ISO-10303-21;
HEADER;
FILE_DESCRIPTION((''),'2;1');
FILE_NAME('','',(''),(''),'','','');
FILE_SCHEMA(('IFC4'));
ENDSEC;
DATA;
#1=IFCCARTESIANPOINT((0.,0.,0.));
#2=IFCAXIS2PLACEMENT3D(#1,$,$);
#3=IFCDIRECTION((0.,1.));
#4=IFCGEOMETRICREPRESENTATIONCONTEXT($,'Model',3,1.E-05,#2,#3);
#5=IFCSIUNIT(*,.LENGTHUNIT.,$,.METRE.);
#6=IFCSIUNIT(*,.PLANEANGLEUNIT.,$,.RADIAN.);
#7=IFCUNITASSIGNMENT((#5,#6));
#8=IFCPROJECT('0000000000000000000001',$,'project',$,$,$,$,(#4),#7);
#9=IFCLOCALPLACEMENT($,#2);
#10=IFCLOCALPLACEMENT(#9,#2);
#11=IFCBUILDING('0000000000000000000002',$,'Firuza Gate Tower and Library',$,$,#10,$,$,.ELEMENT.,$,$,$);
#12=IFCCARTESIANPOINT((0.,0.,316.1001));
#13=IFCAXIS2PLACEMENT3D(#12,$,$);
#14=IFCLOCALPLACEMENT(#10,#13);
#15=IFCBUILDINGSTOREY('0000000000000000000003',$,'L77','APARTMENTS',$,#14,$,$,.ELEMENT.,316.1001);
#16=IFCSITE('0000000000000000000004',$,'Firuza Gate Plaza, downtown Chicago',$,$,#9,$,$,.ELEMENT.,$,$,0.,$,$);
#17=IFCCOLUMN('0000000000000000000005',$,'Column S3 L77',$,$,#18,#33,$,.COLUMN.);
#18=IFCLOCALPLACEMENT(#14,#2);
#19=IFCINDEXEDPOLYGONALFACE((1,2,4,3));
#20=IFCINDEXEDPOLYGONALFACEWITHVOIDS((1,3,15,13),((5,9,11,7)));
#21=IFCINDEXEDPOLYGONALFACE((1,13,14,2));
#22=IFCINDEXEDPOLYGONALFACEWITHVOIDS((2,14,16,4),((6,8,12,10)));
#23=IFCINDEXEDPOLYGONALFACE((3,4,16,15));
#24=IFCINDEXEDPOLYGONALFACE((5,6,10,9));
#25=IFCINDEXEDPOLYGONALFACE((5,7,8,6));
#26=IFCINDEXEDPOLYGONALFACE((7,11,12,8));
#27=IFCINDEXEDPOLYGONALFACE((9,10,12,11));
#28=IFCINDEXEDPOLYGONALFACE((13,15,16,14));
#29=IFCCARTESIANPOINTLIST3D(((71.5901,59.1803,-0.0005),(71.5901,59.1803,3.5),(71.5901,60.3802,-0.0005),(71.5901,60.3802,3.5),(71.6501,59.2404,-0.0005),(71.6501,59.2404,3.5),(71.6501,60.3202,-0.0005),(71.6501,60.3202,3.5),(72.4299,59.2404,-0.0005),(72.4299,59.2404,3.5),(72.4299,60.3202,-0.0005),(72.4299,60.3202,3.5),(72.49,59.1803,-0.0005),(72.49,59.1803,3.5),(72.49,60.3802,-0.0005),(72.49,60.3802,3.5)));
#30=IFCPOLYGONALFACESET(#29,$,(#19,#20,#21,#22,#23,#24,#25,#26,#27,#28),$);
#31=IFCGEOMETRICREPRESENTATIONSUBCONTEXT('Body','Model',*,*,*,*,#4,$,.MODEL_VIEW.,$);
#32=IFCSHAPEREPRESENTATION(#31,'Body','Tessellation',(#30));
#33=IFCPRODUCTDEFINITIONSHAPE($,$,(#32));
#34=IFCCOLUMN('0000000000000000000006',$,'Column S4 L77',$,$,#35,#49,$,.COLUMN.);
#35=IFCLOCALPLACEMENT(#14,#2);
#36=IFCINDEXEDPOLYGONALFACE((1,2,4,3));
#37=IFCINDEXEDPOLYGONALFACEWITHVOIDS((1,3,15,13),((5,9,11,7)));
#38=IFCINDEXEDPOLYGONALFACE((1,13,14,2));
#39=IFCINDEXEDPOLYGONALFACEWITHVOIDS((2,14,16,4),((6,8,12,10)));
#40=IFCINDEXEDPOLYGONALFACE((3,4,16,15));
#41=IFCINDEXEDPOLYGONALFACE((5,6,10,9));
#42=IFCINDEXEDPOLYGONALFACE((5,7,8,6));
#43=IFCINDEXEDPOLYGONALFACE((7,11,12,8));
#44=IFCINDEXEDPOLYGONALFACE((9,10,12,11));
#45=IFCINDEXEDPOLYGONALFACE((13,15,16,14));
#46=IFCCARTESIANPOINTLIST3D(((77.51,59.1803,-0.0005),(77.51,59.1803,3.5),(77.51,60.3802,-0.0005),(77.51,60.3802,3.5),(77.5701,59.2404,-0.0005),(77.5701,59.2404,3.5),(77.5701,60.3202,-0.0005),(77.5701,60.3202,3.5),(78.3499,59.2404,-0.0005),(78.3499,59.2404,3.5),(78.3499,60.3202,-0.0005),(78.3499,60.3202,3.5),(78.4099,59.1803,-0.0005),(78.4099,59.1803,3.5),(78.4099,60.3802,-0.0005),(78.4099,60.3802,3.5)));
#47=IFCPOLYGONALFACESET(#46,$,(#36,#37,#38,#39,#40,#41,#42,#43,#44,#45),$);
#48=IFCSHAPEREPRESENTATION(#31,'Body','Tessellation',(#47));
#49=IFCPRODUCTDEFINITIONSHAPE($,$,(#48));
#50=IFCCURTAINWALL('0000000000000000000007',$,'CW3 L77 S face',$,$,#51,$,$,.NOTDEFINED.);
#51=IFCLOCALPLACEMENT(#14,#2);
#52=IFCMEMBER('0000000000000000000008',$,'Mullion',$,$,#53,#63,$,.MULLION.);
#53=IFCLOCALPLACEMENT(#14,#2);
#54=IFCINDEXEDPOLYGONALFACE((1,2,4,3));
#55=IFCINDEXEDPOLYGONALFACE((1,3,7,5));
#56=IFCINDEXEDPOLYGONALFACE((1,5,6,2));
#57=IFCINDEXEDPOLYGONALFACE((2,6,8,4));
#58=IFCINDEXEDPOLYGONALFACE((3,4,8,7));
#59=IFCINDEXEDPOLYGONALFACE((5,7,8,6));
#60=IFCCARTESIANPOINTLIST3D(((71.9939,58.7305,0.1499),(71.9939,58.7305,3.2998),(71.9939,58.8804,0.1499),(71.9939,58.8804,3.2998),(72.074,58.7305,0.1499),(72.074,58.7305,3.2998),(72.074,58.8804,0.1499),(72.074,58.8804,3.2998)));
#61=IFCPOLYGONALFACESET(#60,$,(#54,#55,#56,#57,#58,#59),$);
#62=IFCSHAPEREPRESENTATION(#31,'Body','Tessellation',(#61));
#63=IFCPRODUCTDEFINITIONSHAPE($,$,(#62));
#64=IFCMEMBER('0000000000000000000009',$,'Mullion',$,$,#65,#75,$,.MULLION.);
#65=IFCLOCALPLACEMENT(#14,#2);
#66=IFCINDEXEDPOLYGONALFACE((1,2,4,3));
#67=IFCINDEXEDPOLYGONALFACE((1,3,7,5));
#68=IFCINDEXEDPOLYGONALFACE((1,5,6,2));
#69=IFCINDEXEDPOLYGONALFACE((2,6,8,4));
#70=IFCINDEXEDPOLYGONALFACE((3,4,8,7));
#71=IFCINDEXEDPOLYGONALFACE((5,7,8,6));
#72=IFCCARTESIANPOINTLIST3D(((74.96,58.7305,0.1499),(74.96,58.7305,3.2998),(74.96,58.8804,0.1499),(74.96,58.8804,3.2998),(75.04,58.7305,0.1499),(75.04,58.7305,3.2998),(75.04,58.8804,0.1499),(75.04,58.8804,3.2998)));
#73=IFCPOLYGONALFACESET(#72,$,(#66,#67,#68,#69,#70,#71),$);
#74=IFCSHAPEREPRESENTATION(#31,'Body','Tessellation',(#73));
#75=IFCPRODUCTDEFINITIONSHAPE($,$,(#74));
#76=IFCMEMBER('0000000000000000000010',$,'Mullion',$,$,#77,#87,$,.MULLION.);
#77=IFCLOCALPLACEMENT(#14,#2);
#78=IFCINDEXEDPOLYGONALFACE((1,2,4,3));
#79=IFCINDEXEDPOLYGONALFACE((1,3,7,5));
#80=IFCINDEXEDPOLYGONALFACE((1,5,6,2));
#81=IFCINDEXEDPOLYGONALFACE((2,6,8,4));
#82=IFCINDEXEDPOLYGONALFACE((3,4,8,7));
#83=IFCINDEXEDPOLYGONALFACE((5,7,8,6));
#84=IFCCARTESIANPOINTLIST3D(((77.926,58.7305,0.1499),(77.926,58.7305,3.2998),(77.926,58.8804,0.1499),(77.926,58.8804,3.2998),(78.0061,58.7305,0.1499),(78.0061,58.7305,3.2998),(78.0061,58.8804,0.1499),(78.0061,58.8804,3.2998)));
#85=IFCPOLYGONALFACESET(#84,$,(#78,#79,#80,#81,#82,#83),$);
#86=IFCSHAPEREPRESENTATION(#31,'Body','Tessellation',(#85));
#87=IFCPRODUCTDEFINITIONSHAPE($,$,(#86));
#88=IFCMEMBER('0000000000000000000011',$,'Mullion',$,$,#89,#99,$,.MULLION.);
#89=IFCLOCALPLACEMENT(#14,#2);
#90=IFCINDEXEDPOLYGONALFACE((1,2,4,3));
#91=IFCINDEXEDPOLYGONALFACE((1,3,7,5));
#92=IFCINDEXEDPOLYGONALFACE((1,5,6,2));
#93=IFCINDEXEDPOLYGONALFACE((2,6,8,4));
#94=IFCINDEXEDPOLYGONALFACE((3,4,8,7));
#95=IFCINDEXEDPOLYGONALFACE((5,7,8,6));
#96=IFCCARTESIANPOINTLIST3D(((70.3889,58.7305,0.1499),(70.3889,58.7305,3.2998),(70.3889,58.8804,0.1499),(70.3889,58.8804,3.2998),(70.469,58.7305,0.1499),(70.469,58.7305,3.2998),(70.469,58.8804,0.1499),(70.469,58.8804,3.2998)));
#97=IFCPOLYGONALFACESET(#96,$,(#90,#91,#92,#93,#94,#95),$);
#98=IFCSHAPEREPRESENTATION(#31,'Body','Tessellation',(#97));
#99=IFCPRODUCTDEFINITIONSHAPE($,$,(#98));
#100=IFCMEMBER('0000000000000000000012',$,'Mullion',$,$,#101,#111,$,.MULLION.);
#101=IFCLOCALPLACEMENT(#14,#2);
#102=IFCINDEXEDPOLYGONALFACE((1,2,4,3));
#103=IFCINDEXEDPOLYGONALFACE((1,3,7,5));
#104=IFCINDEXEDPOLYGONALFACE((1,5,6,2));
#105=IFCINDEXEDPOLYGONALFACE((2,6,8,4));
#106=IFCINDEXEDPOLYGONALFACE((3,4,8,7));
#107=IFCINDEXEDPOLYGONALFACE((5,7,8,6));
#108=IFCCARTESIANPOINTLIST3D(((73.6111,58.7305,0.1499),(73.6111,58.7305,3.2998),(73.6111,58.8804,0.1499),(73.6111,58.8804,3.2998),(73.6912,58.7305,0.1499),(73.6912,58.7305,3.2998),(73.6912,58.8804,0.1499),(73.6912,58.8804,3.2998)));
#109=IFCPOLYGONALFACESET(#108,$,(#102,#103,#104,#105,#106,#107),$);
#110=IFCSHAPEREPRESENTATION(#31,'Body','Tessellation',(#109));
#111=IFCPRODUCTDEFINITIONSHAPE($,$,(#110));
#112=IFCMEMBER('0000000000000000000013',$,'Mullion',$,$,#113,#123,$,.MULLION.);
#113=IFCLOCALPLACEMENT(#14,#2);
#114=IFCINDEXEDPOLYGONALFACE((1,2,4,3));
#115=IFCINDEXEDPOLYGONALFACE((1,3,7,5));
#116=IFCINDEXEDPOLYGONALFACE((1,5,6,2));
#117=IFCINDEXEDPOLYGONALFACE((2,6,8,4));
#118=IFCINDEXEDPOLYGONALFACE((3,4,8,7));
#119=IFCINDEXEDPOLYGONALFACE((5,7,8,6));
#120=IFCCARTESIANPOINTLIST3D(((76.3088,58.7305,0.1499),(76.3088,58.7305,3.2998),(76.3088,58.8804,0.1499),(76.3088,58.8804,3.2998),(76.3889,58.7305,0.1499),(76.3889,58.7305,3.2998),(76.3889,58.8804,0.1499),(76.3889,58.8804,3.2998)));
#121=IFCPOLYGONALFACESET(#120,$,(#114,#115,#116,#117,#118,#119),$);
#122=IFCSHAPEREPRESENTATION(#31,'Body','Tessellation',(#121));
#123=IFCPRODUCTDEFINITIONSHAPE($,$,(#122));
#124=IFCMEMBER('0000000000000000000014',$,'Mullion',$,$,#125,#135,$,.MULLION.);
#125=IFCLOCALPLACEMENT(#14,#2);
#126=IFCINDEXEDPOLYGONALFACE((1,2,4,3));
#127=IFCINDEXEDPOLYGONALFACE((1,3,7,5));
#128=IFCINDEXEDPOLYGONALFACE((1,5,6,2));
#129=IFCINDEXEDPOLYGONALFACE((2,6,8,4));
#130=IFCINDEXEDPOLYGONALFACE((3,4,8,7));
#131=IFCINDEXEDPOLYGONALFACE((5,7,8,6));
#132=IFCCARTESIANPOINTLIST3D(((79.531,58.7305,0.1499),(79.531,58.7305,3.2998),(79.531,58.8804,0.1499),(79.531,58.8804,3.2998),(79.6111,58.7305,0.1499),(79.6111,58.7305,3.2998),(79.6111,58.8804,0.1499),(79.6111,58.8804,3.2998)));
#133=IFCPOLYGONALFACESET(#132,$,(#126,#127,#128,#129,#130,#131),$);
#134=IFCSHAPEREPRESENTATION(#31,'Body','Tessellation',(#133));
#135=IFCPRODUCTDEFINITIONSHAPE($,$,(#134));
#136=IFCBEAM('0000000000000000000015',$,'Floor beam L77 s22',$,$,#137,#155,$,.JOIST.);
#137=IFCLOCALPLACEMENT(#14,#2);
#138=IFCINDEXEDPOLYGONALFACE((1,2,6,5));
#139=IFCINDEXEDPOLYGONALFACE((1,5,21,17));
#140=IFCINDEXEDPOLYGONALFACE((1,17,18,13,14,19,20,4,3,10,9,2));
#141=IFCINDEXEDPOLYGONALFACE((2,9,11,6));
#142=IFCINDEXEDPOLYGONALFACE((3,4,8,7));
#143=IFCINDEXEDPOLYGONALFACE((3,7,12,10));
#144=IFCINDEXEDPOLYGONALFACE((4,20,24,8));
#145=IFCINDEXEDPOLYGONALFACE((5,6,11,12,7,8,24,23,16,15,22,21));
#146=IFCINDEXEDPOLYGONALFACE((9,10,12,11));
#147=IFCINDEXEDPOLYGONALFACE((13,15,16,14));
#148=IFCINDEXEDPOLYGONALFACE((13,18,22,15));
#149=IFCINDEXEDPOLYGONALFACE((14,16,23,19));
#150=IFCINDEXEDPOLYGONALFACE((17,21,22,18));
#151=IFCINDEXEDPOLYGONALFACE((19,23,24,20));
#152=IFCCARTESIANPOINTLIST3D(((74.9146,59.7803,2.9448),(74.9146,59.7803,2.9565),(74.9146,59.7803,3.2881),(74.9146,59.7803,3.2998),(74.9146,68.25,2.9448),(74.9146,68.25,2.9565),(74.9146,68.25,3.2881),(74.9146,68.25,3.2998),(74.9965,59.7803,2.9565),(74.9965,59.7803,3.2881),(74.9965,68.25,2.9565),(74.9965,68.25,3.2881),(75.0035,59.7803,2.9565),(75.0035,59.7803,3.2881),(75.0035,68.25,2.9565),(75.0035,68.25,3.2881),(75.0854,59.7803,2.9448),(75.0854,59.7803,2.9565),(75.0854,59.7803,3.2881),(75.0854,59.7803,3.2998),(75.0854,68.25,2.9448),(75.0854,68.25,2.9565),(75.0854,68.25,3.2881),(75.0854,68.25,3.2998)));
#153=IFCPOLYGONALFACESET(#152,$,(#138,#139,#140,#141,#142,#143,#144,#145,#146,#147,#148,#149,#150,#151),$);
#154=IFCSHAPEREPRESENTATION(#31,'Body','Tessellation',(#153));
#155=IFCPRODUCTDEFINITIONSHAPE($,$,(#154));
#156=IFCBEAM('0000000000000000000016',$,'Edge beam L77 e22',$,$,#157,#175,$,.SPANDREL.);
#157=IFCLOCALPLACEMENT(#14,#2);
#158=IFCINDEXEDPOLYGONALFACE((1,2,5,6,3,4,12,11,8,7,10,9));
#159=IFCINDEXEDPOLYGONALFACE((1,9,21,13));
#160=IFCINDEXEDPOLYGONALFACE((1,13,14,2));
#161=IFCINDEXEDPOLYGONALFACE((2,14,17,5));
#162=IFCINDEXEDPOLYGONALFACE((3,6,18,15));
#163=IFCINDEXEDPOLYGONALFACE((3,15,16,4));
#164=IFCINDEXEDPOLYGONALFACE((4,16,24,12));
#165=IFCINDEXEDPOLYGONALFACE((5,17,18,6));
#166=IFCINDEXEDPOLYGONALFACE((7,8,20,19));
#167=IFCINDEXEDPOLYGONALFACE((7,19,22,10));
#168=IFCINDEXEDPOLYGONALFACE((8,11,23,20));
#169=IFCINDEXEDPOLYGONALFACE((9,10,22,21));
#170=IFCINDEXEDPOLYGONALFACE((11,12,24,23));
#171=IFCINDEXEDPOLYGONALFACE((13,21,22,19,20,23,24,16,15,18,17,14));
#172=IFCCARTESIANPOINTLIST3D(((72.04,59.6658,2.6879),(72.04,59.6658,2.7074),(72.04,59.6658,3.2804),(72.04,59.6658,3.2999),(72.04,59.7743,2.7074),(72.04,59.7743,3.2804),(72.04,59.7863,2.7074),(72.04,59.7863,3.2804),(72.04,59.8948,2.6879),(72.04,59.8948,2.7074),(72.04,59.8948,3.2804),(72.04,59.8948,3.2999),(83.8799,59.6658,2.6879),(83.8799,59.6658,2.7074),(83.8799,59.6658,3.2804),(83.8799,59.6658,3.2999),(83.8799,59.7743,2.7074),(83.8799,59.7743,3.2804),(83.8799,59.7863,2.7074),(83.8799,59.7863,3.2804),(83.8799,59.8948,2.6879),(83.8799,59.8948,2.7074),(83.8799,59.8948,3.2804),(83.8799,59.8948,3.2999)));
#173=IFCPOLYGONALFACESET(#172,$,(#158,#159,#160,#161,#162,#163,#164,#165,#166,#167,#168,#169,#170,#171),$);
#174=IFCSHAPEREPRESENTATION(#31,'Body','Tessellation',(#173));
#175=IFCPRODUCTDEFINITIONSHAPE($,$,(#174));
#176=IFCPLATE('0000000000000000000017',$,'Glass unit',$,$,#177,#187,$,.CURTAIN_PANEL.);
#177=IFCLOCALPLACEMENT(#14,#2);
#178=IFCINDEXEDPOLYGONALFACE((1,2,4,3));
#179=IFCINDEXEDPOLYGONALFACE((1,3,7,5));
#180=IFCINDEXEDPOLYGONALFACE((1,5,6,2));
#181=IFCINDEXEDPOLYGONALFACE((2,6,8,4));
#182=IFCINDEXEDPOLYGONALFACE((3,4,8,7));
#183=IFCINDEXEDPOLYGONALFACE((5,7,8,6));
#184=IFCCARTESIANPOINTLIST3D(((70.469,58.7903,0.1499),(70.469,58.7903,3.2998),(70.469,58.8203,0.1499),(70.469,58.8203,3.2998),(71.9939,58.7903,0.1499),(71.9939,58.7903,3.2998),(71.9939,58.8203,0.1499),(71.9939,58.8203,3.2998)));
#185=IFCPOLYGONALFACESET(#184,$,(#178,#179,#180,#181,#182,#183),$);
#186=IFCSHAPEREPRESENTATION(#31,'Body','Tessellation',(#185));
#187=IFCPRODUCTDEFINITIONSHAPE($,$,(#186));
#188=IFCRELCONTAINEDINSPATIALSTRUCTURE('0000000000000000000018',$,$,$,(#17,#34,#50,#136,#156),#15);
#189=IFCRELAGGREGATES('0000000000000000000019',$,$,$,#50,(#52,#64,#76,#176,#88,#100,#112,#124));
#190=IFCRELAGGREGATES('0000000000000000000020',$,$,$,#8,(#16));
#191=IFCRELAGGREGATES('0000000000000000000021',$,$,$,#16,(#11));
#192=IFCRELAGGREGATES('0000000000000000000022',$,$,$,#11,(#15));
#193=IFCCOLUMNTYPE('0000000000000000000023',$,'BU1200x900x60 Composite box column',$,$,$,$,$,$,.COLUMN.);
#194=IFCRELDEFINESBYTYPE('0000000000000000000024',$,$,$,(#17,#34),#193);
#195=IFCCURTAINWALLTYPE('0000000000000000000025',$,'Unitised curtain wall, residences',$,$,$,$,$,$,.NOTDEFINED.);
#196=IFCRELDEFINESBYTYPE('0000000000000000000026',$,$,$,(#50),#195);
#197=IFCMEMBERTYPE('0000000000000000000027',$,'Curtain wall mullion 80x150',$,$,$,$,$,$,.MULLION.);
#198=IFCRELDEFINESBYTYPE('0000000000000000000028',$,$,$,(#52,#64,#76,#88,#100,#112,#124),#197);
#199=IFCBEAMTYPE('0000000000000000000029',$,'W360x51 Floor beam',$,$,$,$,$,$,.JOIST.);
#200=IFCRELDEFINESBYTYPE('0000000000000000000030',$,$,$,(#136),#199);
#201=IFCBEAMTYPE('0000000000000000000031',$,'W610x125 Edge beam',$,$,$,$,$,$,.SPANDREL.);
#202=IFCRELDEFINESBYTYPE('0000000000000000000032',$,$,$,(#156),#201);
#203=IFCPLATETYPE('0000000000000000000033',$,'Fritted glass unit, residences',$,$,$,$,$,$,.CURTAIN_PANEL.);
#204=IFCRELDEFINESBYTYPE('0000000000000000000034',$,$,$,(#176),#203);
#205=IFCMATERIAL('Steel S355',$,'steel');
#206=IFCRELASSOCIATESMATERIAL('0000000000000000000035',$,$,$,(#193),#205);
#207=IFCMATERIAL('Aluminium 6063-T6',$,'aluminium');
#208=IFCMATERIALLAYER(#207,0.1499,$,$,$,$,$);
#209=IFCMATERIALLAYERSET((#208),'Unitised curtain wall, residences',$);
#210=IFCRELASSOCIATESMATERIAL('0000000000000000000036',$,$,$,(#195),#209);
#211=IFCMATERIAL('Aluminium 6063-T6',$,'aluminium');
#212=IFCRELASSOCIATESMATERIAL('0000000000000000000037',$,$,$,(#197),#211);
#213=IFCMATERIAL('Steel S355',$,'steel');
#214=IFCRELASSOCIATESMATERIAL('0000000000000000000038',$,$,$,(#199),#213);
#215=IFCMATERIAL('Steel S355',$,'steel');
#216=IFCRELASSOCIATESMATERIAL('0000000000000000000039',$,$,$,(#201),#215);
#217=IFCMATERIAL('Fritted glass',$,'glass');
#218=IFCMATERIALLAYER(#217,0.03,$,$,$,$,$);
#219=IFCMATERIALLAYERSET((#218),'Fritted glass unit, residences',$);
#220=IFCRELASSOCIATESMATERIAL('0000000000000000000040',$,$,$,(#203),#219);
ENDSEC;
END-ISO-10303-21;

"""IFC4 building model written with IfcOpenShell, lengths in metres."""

from ifc_helpers import new_model, si_unit, direction, frame, origin, origin_2d, place, context, subcontext, project, spatial, polyline, rectangle, hollow_rectangle, i_section, outline, extrude, material, layer, layer_set, material_profile, profile_set, type_object, element, aggregate, save


model = new_model("IFC4")

# Units and contexts
model_context = context("Model", 3, precision=1e-05, world=origin(), true_north=direction((0.0, 1.0)))
body_context = subcontext(model_context, "Body", "Model", "MODEL_VIEW")
ifc_project = project(units=[si_unit("LENGTHUNIT", "METRE"), si_unit("PLANEANGLEUNIT", "RADIAN")], contexts=[model_context])

# Site, building, storey
site_placement = place(None, origin())
site = spatial("IfcSite", under=ifc_project, at=site_placement, Name="Firuza Gate Plaza, downtown Chicago", CompositionType="ELEMENT", RefElevation=0.0)
building_placement = place(site_placement, origin())
building = spatial("IfcBuilding", under=site, at=building_placement, Name="Firuza Gate Tower and Library", CompositionType="ELEMENT")
storey_placement = place(building_placement, frame((0.0, 0.0, 316.1001)))
storey = spatial("IfcBuildingStorey", under=building, at=storey_placement, Name="L77", Description="APARTMENTS", CompositionType="ELEMENT", Elevation=316.1001)

# Columns
ifc_material_1 = material(Name="Steel S355", Category="steel")
ifc_material_profile_1 = material_profile(ifc_material_1, hollow_rectangle(XDim=0.8999, YDim=1.2, WallThickness=0.0601, at=origin_2d()))
ifc_profile_set_1 = profile_set([ifc_material_profile_1], Name="Steel S355")
column_type = type_object("IfcColumnType", Name="BU1200x900x60 Composite box column", PredefinedType="COLUMN", material=ifc_profile_set_1)
for number, where, z_axis, x_axis, name in (
    (1, (72.04, 59.7803, -0.0005), (0.0, 0.0, 1.0), (1.0, 0.0, 0.0), "Column S3 L77"),
    (2, (77.96, 59.7803, -0.0005), (0.0, 0.0, 1.0), (1.0, 0.0, 0.0), "Column S4 L77"),
):
    element("IfcColumn", number, at=place(storey_placement, frame(where, z_axis=z_axis, x_axis=x_axis)), inside=storey, type_object=column_type, Name=name, PredefinedType="COLUMN", context=body_context, shape_type="SweptSolid", body=[
        extrude(hollow_rectangle(XDim=0.8999, YDim=1.2, WallThickness=0.0601, at=origin_2d()), origin(), (0.0, 0.0, 1.0), 3.5005),
    ])

# Curtain wall, members
ifc_material_2 = material(Name="Aluminium 6063-T6", Category="aluminium")
ifc_layer_1 = layer(ifc_material_2, 0.1499)
ifc_layer_set_1 = layer_set([ifc_layer_1], Name="Unitised curtain wall, residences")
curtain_wall_type = type_object("IfcCurtainWallType", Name="Unitised curtain wall, residences", PredefinedType="NOTDEFINED", material=ifc_layer_set_1)
curtain_wall_placement = place(storey_placement, origin())
curtain_wall = element("IfcCurtainWall", 3, at=curtain_wall_placement, inside=storey, type_object=curtain_wall_type, Name="CW3 L77 S face", PredefinedType="NOTDEFINED")
ifc_material_3 = material(Name="Aluminium 6063-T6", Category="aluminium")
ifc_material_profile_2 = material_profile(ifc_material_3, rectangle(XDim=0.1499, YDim=0.0801, at=origin_2d()))
ifc_profile_set_2 = profile_set([ifc_material_profile_2], Name="Aluminium 6063-T6")
member_type = type_object("IfcMemberType", Name="Curtain wall mullion 80x150", PredefinedType="MULLION", material=ifc_profile_set_2)
member_1_placement = place(storey_placement, frame((72.0339, 58.8054, 0.1499), z_axis=(0.0, 0.0, 1.0), x_axis=(0.0, 1.0, 0.0)))
member_1 = element("IfcMember", 4, at=member_1_placement, type_object=member_type, Name="Mullion", PredefinedType="MULLION", context=body_context, shape_type="SweptSolid", body=[
    extrude(rectangle(XDim=0.1499, YDim=0.0801, at=origin_2d()), origin(), (0.0, 0.0, 1.0), 3.1499),
])
member_2_placement = place(storey_placement, frame((75.0, 58.8054, 0.1499), z_axis=(0.0, 0.0, 1.0), x_axis=(0.0, 1.0, 0.0)))
member_2 = element("IfcMember", 5, at=member_2_placement, type_object=member_type, Name="Mullion", PredefinedType="MULLION", context=body_context, shape_type="SweptSolid", body=[
    extrude(rectangle(XDim=0.1499, YDim=0.0801, at=origin_2d()), origin(), (0.0, 0.0, 1.0), 3.1499),
])
member_3_placement = place(storey_placement, frame((77.9661, 58.8054, 0.1499), z_axis=(0.0, 0.0, 1.0), x_axis=(0.0, 1.0, 0.0)))
member_3 = element("IfcMember", 6, at=member_3_placement, type_object=member_type, Name="Mullion", PredefinedType="MULLION", context=body_context, shape_type="SweptSolid", body=[
    extrude(rectangle(XDim=0.1499, YDim=0.0801, at=origin_2d()), origin(), (0.0, 0.0, 1.0), 3.1499),
])
member_4_placement = place(storey_placement, frame((70.429, 58.8054, 0.1499), z_axis=(0.0, 0.0, 1.0), x_axis=(0.0, 1.0, 0.0)))
member_4 = element("IfcMember", 7, at=member_4_placement, type_object=member_type, Name="Mullion", PredefinedType="MULLION", context=body_context, shape_type="SweptSolid", body=[
    extrude(rectangle(XDim=0.1499, YDim=0.0801, at=origin_2d()), origin(), (0.0, 0.0, 1.0), 3.1499),
])
member_5_placement = place(storey_placement, frame((73.6511, 58.8054, 0.1499), z_axis=(0.0, 0.0, 1.0), x_axis=(0.0, 1.0, 0.0)))
member_5 = element("IfcMember", 8, at=member_5_placement, type_object=member_type, Name="Mullion", PredefinedType="MULLION", context=body_context, shape_type="SweptSolid", body=[
    extrude(rectangle(XDim=0.1499, YDim=0.0801, at=origin_2d()), origin(), (0.0, 0.0, 1.0), 3.1499),
])
member_6_placement = place(storey_placement, frame((76.3489, 58.8054, 0.1499), z_axis=(0.0, 0.0, 1.0), x_axis=(0.0, 1.0, 0.0)))
member_6 = element("IfcMember", 9, at=member_6_placement, type_object=member_type, Name="Mullion", PredefinedType="MULLION", context=body_context, shape_type="SweptSolid", body=[
    extrude(rectangle(XDim=0.1499, YDim=0.0801, at=origin_2d()), origin(), (0.0, 0.0, 1.0), 3.1499),
])
member_7_placement = place(storey_placement, frame((79.571, 58.8054, 0.1499), z_axis=(0.0, 0.0, 1.0), x_axis=(0.0, 1.0, 0.0)))
member_7 = element("IfcMember", 10, at=member_7_placement, type_object=member_type, Name="Mullion", PredefinedType="MULLION", context=body_context, shape_type="SweptSolid", body=[
    extrude(rectangle(XDim=0.1499, YDim=0.0801, at=origin_2d()), origin(), (0.0, 0.0, 1.0), 3.1499),
])

# Beams
ifc_material_4 = material(Name="Steel S355", Category="steel")
ifc_material_profile_3 = material_profile(ifc_material_4, i_section(OverallWidth=0.1709, OverallDepth=0.355, WebThickness=0.0071, FlangeThickness=0.0117, at=origin_2d()))
ifc_profile_set_3 = profile_set([ifc_material_profile_3], Name="Steel S355")
beam_type_1 = type_object("IfcBeamType", Name="W360x51 Floor beam", PredefinedType="JOIST", material=ifc_profile_set_3)
beam_1_placement = place(storey_placement, frame((75.0, 59.7803, 3.1223), z_axis=(0.0, 1.0, 0.0), x_axis=(-1.0, 0.0, 0.0)))
element("IfcBeam", 11, at=beam_1_placement, inside=storey, type_object=beam_type_1, Name="Floor beam L77 s22", PredefinedType="JOIST", context=body_context, shape_type="SweptSolid", body=[
    extrude(i_section(OverallWidth=0.1709, OverallDepth=0.355, WebThickness=0.0071, FlangeThickness=0.0117, at=origin_2d()), origin(), (0.0, 0.0, 1.0), 8.4697),
])
ifc_material_5 = material(Name="Steel S355", Category="steel")
ifc_material_profile_4 = material_profile(ifc_material_5, i_section(OverallWidth=0.229, OverallDepth=0.6121, WebThickness=0.012, FlangeThickness=0.0195, at=origin_2d()))
ifc_profile_set_4 = profile_set([ifc_material_profile_4], Name="Steel S355")
beam_type_2 = type_object("IfcBeamType", Name="W610x125 Edge beam", PredefinedType="SPANDREL", material=ifc_profile_set_4)
beam_2_placement = place(storey_placement, frame((72.04, 59.7803, 2.9939), z_axis=(1.0, 0.0, 0.0), x_axis=(0.0, 1.0, 0.0)))
element("IfcBeam", 12, at=beam_2_placement, inside=storey, type_object=beam_type_2, Name="Edge beam L77 e22", PredefinedType="SPANDREL", context=body_context, shape_type="SweptSolid", body=[
    extrude(i_section(OverallWidth=0.229, OverallDepth=0.6121, WebThickness=0.012, FlangeThickness=0.0195, at=origin_2d()), origin(), (0.0, 0.0, 1.0), 11.8398),
])

# Plate
ifc_material_6 = material(Name="Fritted glass", Category="glass")
ifc_layer_2 = layer(ifc_material_6, 0.03)
ifc_layer_set_2 = layer_set([ifc_layer_2], Name="Fritted glass unit, residences")
plate_type_1 = type_object("IfcPlateType", Name="Fritted glass unit, residences", PredefinedType="CURTAIN_PANEL", material=ifc_layer_set_2)
plate_1_placement = place(storey_placement, frame((70.469, 58.7903, 0.1499), z_axis=(0.0, -1.0, 0.0), x_axis=(1.0, 0.0, 0.0)))
plate_1 = element("IfcPlate", 13, at=plate_1_placement, type_object=plate_type_1, Name="Glass unit", PredefinedType="CURTAIN_PANEL", context=body_context, shape_type="SweptSolid", body=[
    extrude(outline(polyline([(0.0, 0.0), (1.5249, 0.0), (1.5249, 3.1499), (0.0, 3.1499), (0.0, 0.0)])), origin(), (0.0, 0.0, -1.0), 0.03),
])
aggregate(curtain_wall, [member_1, member_2, member_3, plate_1, member_4, member_5, member_6, member_7])

save(model, "model.ifc")
